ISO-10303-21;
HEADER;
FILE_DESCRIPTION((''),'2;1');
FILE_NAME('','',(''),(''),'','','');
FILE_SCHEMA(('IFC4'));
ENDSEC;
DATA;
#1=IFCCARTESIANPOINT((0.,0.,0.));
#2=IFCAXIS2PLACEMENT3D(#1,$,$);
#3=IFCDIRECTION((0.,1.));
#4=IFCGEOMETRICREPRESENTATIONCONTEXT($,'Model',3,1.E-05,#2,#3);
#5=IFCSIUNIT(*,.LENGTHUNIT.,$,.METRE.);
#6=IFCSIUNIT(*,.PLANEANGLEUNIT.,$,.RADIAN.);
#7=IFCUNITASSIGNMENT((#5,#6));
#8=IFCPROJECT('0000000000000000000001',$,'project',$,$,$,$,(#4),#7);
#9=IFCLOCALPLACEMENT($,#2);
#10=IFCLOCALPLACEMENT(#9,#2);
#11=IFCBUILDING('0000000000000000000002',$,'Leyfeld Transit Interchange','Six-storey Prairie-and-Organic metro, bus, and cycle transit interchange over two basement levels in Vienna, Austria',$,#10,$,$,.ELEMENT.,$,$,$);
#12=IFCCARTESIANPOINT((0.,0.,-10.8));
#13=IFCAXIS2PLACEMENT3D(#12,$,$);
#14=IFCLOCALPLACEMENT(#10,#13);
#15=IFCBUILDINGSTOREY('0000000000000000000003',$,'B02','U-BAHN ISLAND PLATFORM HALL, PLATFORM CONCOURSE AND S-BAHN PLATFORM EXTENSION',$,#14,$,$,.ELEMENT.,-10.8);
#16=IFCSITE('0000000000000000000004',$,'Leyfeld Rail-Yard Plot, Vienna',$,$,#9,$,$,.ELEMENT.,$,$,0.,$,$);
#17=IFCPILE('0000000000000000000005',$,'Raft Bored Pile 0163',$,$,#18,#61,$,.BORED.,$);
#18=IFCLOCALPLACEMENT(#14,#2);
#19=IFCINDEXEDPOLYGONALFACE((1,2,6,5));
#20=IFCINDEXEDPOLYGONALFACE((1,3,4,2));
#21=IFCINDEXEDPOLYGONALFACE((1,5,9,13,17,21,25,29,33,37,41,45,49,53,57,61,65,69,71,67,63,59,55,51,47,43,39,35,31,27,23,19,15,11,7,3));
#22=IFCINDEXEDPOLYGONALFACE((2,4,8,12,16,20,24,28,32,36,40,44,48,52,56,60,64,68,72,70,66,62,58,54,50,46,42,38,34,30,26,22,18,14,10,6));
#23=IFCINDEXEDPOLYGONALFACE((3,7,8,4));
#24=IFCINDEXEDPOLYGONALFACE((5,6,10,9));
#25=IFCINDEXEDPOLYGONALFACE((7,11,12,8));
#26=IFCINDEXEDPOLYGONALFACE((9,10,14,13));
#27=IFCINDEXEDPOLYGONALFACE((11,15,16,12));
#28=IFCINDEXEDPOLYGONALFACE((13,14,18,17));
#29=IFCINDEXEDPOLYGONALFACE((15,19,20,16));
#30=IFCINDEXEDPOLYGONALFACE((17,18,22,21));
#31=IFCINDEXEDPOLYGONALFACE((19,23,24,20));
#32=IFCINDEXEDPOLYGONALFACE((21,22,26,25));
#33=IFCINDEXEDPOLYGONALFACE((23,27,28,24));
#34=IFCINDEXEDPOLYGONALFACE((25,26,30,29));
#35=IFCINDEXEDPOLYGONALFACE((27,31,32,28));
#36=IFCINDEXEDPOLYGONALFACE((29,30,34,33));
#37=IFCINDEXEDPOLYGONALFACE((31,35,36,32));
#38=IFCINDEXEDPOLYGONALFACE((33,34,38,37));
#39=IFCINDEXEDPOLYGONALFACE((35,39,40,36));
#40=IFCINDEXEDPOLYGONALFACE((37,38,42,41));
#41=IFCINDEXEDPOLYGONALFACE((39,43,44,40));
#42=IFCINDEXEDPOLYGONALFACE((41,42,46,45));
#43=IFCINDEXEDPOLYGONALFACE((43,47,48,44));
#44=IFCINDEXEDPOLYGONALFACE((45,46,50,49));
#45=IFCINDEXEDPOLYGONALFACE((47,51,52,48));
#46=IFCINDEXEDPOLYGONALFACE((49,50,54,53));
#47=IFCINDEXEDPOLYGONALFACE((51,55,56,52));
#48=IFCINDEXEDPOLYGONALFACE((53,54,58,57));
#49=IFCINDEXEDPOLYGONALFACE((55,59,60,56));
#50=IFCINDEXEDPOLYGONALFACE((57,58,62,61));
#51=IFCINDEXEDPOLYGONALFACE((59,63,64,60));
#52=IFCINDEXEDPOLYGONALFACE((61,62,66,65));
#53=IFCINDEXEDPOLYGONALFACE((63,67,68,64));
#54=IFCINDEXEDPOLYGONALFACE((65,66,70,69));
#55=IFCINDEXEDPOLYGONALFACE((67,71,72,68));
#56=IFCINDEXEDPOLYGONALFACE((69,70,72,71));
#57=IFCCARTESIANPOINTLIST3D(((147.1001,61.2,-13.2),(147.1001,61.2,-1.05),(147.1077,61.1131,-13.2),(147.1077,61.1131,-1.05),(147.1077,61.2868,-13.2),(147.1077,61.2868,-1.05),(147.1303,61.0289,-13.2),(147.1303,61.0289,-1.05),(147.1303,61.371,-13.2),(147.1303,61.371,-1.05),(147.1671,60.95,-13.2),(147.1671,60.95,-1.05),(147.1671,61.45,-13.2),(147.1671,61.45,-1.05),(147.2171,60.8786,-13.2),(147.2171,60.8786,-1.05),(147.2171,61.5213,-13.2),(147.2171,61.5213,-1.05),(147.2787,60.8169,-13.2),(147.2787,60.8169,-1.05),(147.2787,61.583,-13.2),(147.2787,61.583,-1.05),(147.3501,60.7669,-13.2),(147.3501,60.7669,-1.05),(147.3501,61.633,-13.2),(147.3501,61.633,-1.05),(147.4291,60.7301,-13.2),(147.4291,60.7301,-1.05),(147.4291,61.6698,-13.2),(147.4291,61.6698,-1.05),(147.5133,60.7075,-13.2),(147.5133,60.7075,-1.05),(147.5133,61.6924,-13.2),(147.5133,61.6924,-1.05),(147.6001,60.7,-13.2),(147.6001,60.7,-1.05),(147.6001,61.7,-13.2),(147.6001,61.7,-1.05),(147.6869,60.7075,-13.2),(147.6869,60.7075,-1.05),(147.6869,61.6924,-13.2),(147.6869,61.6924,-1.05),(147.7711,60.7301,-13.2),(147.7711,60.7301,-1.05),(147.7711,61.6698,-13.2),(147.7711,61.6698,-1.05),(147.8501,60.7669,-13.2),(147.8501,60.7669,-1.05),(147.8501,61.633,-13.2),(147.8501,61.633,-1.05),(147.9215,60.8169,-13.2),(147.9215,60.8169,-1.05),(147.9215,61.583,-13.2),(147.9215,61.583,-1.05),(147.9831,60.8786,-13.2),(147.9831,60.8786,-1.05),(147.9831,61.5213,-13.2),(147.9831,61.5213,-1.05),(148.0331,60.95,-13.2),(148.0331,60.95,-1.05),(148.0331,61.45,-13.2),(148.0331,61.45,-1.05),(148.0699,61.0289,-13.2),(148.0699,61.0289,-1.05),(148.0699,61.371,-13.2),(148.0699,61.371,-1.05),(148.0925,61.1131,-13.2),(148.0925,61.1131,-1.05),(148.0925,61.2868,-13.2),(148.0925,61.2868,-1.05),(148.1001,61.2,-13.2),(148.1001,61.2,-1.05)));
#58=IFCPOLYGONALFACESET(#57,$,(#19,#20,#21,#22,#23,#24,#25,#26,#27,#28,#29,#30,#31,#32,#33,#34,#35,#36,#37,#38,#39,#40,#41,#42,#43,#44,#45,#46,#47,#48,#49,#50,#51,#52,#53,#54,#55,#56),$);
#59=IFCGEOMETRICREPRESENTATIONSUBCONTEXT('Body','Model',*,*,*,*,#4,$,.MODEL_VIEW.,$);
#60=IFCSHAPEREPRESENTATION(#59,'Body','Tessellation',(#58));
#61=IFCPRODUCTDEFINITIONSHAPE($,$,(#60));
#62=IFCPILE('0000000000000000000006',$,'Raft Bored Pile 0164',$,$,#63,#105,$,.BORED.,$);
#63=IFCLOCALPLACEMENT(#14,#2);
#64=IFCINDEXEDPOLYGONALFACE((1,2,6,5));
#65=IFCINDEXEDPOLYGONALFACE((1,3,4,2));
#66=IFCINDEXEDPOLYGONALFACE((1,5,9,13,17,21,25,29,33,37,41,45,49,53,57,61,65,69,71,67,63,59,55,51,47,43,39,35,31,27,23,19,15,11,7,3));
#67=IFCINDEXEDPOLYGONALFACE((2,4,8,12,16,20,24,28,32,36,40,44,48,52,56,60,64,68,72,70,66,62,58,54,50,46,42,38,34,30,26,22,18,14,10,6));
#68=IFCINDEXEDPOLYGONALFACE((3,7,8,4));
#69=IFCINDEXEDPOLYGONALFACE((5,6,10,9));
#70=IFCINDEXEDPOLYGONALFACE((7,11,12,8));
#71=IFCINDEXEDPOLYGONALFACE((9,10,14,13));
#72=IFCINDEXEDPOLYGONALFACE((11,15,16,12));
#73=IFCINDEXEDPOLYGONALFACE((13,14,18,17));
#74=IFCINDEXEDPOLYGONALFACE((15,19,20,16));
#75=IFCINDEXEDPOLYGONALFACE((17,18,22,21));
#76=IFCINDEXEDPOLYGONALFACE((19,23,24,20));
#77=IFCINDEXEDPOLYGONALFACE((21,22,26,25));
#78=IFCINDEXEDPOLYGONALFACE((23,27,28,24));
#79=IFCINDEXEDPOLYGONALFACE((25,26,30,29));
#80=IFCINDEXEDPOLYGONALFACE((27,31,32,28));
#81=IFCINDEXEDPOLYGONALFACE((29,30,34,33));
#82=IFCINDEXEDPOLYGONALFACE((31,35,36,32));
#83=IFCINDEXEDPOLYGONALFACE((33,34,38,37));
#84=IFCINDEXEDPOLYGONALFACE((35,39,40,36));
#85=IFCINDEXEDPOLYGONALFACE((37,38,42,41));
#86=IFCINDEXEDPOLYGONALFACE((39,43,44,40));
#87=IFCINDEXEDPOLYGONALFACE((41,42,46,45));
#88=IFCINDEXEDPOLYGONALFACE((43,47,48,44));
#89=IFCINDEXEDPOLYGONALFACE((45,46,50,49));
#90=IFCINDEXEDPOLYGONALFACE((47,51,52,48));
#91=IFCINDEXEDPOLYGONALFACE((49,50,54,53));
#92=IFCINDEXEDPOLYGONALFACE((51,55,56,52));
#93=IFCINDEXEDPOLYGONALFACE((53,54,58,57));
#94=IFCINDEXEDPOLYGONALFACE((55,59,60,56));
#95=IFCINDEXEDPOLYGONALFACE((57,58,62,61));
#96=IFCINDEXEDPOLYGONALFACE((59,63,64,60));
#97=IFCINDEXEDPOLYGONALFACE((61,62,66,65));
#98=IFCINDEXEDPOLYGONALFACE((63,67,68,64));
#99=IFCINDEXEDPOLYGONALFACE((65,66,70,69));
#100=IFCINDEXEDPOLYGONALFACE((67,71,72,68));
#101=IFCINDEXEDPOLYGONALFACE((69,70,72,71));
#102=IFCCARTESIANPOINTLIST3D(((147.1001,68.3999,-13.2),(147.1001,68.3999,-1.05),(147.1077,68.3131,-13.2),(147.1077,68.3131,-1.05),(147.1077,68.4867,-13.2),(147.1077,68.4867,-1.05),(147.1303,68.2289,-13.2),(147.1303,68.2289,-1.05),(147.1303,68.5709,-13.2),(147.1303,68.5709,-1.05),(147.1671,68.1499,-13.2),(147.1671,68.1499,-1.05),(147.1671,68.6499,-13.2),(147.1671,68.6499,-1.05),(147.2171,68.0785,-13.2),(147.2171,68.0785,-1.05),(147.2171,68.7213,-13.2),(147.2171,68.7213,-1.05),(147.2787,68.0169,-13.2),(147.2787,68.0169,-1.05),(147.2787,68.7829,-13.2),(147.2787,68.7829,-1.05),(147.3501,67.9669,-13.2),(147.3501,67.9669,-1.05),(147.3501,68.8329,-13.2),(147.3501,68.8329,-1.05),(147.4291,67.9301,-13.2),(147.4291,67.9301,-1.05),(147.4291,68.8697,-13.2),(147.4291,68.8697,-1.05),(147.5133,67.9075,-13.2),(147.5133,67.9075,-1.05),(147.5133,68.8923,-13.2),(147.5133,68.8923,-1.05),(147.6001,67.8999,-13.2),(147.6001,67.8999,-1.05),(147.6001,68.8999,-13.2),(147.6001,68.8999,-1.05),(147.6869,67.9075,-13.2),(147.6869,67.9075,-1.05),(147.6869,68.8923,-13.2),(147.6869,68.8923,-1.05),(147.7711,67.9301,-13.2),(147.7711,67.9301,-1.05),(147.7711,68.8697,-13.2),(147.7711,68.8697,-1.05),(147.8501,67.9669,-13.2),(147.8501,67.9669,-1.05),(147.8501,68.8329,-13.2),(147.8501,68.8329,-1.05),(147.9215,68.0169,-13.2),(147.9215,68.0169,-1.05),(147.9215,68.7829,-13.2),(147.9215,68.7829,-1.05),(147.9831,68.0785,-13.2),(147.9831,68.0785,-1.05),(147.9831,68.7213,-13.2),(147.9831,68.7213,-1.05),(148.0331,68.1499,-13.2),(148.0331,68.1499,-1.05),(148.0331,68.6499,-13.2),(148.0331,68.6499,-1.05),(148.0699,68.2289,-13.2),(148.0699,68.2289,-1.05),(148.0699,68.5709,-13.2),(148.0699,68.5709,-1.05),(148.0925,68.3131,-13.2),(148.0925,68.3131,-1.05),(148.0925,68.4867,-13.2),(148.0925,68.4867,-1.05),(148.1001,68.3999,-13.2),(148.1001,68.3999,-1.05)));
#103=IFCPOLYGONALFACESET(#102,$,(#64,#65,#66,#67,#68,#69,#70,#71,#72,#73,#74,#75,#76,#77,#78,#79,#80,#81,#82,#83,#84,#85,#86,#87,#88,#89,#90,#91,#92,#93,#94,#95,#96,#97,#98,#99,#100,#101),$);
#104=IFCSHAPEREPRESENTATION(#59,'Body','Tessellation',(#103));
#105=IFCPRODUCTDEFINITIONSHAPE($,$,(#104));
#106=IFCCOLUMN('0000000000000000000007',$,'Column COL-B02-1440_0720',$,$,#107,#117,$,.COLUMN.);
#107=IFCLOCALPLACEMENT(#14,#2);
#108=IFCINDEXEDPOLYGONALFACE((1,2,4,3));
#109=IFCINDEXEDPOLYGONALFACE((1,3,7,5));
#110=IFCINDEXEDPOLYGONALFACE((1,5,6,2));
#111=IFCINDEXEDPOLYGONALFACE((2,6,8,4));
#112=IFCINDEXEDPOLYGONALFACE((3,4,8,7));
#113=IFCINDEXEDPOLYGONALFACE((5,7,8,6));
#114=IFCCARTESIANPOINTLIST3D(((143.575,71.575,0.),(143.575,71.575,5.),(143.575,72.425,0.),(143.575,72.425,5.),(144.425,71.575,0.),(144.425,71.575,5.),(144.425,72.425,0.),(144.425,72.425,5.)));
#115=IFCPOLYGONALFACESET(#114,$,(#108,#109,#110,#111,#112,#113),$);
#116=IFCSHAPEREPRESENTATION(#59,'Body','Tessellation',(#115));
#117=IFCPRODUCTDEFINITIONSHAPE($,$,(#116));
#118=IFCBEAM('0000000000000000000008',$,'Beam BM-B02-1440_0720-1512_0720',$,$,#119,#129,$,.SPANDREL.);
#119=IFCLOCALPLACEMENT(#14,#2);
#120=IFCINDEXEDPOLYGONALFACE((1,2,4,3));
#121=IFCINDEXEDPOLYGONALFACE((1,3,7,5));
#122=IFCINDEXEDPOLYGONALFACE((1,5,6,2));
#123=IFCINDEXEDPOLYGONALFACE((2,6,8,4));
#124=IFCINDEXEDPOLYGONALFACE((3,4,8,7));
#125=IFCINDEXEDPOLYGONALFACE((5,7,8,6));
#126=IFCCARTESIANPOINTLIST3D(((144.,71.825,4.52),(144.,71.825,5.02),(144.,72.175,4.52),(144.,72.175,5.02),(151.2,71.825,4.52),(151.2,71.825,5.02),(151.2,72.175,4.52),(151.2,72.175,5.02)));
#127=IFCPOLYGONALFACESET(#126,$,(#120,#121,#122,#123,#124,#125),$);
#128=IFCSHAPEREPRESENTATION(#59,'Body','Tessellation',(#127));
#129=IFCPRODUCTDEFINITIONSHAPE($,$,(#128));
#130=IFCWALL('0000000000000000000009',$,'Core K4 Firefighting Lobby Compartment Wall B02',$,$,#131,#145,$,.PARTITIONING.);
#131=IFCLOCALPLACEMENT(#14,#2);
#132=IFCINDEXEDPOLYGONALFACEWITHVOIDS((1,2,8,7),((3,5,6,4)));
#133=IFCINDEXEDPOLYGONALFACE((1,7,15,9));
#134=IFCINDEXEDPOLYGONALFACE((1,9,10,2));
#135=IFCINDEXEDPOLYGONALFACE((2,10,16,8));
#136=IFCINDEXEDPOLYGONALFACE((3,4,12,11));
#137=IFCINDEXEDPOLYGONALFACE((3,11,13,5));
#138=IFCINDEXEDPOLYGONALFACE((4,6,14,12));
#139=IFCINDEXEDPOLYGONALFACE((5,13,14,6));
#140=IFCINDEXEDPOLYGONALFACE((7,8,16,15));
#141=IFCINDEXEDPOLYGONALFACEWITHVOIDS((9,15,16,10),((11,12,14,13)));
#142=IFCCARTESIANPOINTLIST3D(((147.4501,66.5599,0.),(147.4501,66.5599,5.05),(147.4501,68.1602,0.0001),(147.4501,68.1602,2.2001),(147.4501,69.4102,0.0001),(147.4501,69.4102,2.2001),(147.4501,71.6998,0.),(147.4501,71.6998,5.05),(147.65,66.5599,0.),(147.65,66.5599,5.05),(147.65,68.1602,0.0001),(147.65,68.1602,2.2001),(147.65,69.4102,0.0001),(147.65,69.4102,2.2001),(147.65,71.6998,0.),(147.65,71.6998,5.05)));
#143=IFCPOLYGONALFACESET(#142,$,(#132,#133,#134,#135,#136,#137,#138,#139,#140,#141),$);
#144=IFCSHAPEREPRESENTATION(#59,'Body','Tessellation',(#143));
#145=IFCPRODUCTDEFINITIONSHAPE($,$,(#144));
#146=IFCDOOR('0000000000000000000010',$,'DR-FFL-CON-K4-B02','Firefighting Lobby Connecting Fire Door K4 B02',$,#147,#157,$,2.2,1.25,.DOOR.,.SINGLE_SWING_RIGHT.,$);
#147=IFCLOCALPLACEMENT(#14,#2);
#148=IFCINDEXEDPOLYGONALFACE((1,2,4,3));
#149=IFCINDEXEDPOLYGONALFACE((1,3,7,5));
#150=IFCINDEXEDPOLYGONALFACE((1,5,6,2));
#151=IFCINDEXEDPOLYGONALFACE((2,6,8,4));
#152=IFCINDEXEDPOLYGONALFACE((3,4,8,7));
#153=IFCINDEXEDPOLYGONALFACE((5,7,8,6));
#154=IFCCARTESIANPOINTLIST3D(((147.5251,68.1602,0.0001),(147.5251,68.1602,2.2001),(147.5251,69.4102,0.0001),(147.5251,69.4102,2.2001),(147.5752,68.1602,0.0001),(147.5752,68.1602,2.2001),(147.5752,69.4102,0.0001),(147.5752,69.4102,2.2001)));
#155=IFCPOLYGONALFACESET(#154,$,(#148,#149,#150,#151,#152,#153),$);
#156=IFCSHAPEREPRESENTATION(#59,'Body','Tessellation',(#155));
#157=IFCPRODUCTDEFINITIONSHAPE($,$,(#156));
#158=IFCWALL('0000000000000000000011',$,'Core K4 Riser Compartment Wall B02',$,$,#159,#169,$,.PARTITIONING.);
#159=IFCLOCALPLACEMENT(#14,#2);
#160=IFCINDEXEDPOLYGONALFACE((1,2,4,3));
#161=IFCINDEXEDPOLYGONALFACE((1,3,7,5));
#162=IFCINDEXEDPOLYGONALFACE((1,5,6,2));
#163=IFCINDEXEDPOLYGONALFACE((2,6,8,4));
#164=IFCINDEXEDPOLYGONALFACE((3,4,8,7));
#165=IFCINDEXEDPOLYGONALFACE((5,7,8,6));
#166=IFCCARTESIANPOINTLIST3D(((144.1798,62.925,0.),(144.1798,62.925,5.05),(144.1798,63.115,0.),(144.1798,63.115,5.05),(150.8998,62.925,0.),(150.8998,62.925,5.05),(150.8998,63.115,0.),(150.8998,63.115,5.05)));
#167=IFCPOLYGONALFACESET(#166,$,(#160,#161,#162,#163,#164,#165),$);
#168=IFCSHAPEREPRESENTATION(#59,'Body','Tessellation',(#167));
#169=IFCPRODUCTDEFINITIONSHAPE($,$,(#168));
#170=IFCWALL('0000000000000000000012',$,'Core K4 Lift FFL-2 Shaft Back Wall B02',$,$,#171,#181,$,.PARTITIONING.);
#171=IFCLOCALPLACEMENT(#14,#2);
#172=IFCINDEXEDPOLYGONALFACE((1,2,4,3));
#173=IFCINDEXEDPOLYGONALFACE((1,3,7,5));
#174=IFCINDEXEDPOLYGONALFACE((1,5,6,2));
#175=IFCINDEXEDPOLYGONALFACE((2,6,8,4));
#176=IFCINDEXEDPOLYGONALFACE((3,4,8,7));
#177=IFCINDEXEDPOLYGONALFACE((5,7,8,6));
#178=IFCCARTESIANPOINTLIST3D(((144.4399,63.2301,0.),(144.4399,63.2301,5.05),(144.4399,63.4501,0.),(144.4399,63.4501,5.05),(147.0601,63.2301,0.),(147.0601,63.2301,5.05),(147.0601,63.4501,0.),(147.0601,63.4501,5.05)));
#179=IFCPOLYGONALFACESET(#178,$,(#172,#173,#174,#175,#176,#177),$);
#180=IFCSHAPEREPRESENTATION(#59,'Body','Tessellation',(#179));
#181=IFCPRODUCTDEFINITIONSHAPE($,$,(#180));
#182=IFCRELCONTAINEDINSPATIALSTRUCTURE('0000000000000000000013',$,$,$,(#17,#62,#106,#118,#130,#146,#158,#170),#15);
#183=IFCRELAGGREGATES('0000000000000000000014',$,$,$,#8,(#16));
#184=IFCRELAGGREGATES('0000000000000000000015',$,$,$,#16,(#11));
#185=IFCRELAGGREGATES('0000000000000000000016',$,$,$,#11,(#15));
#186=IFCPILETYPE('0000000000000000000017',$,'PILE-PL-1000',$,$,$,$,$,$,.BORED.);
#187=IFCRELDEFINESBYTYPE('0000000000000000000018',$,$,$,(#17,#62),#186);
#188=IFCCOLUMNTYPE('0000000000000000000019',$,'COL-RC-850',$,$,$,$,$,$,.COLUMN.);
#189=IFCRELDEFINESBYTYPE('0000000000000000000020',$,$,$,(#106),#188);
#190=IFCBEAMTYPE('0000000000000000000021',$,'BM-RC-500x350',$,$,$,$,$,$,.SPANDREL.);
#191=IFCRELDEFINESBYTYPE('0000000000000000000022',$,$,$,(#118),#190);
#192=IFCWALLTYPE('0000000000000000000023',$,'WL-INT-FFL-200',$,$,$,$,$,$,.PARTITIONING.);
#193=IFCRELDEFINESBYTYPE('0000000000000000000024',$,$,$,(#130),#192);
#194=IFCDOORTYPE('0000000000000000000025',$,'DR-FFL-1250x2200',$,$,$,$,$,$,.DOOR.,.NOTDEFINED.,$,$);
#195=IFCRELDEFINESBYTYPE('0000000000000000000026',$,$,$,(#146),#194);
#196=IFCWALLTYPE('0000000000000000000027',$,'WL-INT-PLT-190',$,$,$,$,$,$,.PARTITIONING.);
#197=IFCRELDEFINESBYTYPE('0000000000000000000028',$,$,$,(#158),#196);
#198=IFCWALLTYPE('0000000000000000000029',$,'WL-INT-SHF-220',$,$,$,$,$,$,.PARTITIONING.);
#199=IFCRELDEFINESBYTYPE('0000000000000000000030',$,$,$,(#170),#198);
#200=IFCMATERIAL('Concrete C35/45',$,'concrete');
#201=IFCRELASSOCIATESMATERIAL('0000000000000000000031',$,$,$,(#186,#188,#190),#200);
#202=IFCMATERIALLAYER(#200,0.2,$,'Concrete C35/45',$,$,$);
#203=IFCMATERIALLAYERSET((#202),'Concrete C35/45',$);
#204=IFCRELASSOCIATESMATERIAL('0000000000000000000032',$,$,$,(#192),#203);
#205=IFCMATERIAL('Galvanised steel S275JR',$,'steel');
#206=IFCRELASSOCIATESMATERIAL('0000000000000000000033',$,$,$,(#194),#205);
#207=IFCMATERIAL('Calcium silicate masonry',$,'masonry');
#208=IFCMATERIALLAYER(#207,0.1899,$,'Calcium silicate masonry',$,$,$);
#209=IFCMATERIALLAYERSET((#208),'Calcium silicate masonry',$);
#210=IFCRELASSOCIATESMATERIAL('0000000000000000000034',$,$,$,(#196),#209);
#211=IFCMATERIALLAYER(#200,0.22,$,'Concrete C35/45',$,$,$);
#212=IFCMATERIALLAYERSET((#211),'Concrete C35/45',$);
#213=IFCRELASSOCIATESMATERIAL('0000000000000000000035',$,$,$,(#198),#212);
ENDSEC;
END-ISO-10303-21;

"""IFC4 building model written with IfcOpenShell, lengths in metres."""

from ifc_helpers import new_model, si_unit, direction, frame, frame_2d, origin, origin_2d, place, context, subcontext, project, spatial, rectangle, circle, extrude, material, layer, layer_set, material_profile, profile_set, type_object, element, fill, save


model = new_model("IFC4")

# Units and contexts
model_context = context("Model", 3, precision=1e-05, world=origin(), true_north=direction((0.0, 1.0)))
body_context = subcontext(model_context, "Body", "Model", "MODEL_VIEW")
ifc_project = project(units=[si_unit("LENGTHUNIT", "METRE"), si_unit("PLANEANGLEUNIT", "RADIAN")], contexts=[model_context])

# Site, building, storey
site_placement = place(None, origin())
site = spatial("IfcSite", under=ifc_project, at=site_placement, Name="Leyfeld Rail-Yard Plot, Vienna", CompositionType="ELEMENT", RefElevation=0.0)
building_placement = place(site_placement, origin())
building = spatial("IfcBuilding", under=site, at=building_placement, Name="Leyfeld Transit Interchange", Description="Six-storey Prairie-and-Organic metro, bus, and cycle transit interchange over two basement levels in Vienna, Austria", CompositionType="ELEMENT")
storey_placement = place(building_placement, frame((0.0, 0.0, -10.8)))
storey = spatial("IfcBuildingStorey", under=building, at=storey_placement, Name="B02", Description="U-BAHN ISLAND PLATFORM HALL, PLATFORM CONCOURSE AND S-BAHN PLATFORM EXTENSION", CompositionType="ELEMENT", Elevation=-10.8)

# Piles
ifc_material_1 = material(Name="Concrete C35/45", Category="concrete")
ifc_material_profile_1 = material_profile(ifc_material_1, circle(Radius=0.5, at=origin_2d()), Name="PILE D1000")
ifc_profile_set_1 = profile_set([ifc_material_profile_1], Name="Concrete C35/45")
pile_type = type_object("IfcPileType", Name="PILE-PL-1000", PredefinedType="BORED", material=ifc_profile_set_1)
for number, where, z_axis, x_axis, name in (
    (1, (147.6001, 61.2, -1.05), (0.0, 0.0, -1.0), (1.0, 0.0, 0.0), "Raft Bored Pile 0163"),
    (2, (147.6001, 68.3999, -1.05), (0.0, 0.0, -1.0), (1.0, 0.0, 0.0), "Raft Bored Pile 0164"),
):
    element("IfcPile", number, at=place(storey_placement, frame(where, z_axis=z_axis, x_axis=x_axis)), inside=storey, type_object=pile_type, Name=name, PredefinedType="BORED", context=body_context, shape_type="SweptSolid", body=[
        extrude(circle(Radius=0.5, at=origin_2d()), origin(), (0.0, 0.0, 1.0), 12.1499),
    ])

# Column
ifc_material_profile_2 = material_profile(ifc_material_1, rectangle(XDim=0.8501, YDim=0.8501, at=origin_2d()), Name="RC 850x850")
ifc_profile_set_2 = profile_set([ifc_material_profile_2], Name="Concrete C35/45")
column_type = type_object("IfcColumnType", Name="COL-RC-850", PredefinedType="COLUMN", material=ifc_profile_set_2)
column_placement = place(storey_placement, frame((144.0, 72.0, 0.0), z_axis=(0.0, 0.0, 1.0), x_axis=(1.0, 0.0, 0.0)))
element("IfcColumn", 3, at=column_placement, inside=storey, type_object=column_type, Name="Column COL-B02-1440_0720", PredefinedType="COLUMN", context=body_context, shape_type="SweptSolid", body=[
    extrude(rectangle(XDim=0.8501, YDim=0.8501, at=origin_2d()), origin(), (0.0, 0.0, 1.0), 5.0),
])

# Beam
ifc_material_profile_3 = material_profile(ifc_material_1, rectangle(XDim=0.3501, YDim=0.5, at=origin_2d()), Name="RC 500x350")
ifc_profile_set_3 = profile_set([ifc_material_profile_3], Name="Concrete C35/45")
beam_type = type_object("IfcBeamType", Name="BM-RC-500x350", PredefinedType="SPANDREL", material=ifc_profile_set_3)
beam_placement = place(storey_placement, frame((144.0, 72.0, 4.77), z_axis=(1.0, 0.0, 0.0), x_axis=(0.0, 1.0, 0.0)))
element("IfcBeam", 4, at=beam_placement, inside=storey, type_object=beam_type, Name="Beam BM-B02-1440_0720-1512_0720", PredefinedType="SPANDREL", context=body_context, shape_type="SweptSolid", body=[
    extrude(rectangle(XDim=0.3501, YDim=0.5, at=origin_2d()), origin(), (0.0, 0.0, 1.0), 7.2),
])

# Wall, opening, door
ifc_layer_1 = layer(ifc_material_1, 0.2, Name="Concrete C35/45")
ifc_layer_set_1 = layer_set([ifc_layer_1], Name="Concrete C35/45")
wall_type_1 = type_object("IfcWallType", Name="WL-INT-FFL-200", PredefinedType="PARTITIONING", material=ifc_layer_set_1)
wall_1_placement = place(storey_placement, frame((147.55, 66.5601, 0.0), z_axis=(0.0, 0.0, 1.0), x_axis=(0.0, 1.0, 0.0)))
wall_1 = element("IfcWall", 5, at=wall_1_placement, inside=storey, type_object=wall_type_1, Name="Core K4 Firefighting Lobby Compartment Wall B02", PredefinedType="PARTITIONING", context=body_context, shape_type="SweptSolid", body=[
    extrude(rectangle(XDim=5.1399, YDim=0.2, at=frame_2d((2.5698, 0.0))), origin(), (0.0, 0.0, 1.0), 5.05),
])
opening_1_placement = place(wall_1_placement, frame((1.6001, 0.0, 0.0)))
opening_1 = element("IfcOpeningElement", 6, at=opening_1_placement, cuts=wall_1, PredefinedType="OPENING", context=body_context, shape_type="SweptSolid", body=[
    extrude(rectangle(XDim=1.25, YDim=2.2, at=frame_2d((0.625, 1.1001))), frame((0.0, 0.1099, 0.0), z_axis=(0.0, -1.0, 0.0), x_axis=(1.0, 0.0, 0.0)), (0.0, 0.0, 1.0), 0.22),
])
ifc_material_2 = material(Name="Galvanised steel S275JR", Category="steel")
door_type_1 = type_object("IfcDoorType", Name="DR-FFL-1250x2200", OperationType="NOTDEFINED", PredefinedType="DOOR", material=ifc_material_2)
door_1_placement = place(opening_1_placement, origin())
door_1 = element("IfcDoor", 7, at=door_1_placement, inside=storey, type_object=door_type_1, Name="DR-FFL-CON-K4-B02", Description="Firefighting Lobby Connecting Fire Door K4 B02", OperationType="SINGLE_SWING_RIGHT", OverallHeight=2.2, OverallWidth=1.25, PredefinedType="DOOR", context=body_context, shape_type="SweptSolid", body=[
    extrude(rectangle(XDim=1.25, YDim=2.2, at=frame_2d((0.625, 1.1001))), frame((0.0, 0.0249, 0.0), z_axis=(0.0, -1.0, 0.0), x_axis=(1.0, 0.0, 0.0)), (0.0, 0.0, 1.0), 0.05),
])
fill(opening_1, door_1)

# Wall
ifc_material_3 = material(Name="Calcium silicate masonry", Category="masonry")
ifc_layer_2 = layer(ifc_material_3, 0.1899, Name="Calcium silicate masonry")
ifc_layer_set_2 = layer_set([ifc_layer_2], Name="Calcium silicate masonry")
wall_type_2 = type_object("IfcWallType", Name="WL-INT-PLT-190", PredefinedType="PARTITIONING", material=ifc_layer_set_2)
wall_2_placement = place(storey_placement, frame((144.1799, 63.02, 0.0), z_axis=(0.0, 0.0, 1.0), x_axis=(1.0, 0.0, 0.0)))
element("IfcWall", 8, at=wall_2_placement, inside=storey, type_object=wall_type_2, Name="Core K4 Riser Compartment Wall B02", PredefinedType="PARTITIONING", context=body_context, shape_type="SweptSolid", body=[
    extrude(rectangle(XDim=6.72, YDim=0.1899, at=frame_2d((3.3599, 0.0))), origin(), (0.0, 0.0, 1.0), 5.05),
])

# Shared definitions
ifc_layer_3 = layer(ifc_material_1, 0.22, Name="Concrete C35/45")
ifc_layer_set_3 = layer_set([ifc_layer_3], Name="Concrete C35/45")
wall_type_3 = type_object("IfcWallType", Name="WL-INT-SHF-220", PredefinedType="PARTITIONING", material=ifc_layer_set_3)

# Wall
wall_3_placement = place(storey_placement, frame((144.4399, 63.3401, 0.0), z_axis=(0.0, 0.0, 1.0), x_axis=(1.0, 0.0, 0.0)))
element("IfcWall", 9, at=wall_3_placement, inside=storey, type_object=wall_type_3, Name="Core K4 Lift FFL-2 Shaft Back Wall B02", PredefinedType="PARTITIONING", context=body_context, shape_type="SweptSolid", body=[
    extrude(rectangle(XDim=2.6201, YDim=0.22, at=frame_2d((1.3101, 0.0))), origin(), (0.0, 0.0, 1.0), 5.05),
])

save(model, "model.ifc")
